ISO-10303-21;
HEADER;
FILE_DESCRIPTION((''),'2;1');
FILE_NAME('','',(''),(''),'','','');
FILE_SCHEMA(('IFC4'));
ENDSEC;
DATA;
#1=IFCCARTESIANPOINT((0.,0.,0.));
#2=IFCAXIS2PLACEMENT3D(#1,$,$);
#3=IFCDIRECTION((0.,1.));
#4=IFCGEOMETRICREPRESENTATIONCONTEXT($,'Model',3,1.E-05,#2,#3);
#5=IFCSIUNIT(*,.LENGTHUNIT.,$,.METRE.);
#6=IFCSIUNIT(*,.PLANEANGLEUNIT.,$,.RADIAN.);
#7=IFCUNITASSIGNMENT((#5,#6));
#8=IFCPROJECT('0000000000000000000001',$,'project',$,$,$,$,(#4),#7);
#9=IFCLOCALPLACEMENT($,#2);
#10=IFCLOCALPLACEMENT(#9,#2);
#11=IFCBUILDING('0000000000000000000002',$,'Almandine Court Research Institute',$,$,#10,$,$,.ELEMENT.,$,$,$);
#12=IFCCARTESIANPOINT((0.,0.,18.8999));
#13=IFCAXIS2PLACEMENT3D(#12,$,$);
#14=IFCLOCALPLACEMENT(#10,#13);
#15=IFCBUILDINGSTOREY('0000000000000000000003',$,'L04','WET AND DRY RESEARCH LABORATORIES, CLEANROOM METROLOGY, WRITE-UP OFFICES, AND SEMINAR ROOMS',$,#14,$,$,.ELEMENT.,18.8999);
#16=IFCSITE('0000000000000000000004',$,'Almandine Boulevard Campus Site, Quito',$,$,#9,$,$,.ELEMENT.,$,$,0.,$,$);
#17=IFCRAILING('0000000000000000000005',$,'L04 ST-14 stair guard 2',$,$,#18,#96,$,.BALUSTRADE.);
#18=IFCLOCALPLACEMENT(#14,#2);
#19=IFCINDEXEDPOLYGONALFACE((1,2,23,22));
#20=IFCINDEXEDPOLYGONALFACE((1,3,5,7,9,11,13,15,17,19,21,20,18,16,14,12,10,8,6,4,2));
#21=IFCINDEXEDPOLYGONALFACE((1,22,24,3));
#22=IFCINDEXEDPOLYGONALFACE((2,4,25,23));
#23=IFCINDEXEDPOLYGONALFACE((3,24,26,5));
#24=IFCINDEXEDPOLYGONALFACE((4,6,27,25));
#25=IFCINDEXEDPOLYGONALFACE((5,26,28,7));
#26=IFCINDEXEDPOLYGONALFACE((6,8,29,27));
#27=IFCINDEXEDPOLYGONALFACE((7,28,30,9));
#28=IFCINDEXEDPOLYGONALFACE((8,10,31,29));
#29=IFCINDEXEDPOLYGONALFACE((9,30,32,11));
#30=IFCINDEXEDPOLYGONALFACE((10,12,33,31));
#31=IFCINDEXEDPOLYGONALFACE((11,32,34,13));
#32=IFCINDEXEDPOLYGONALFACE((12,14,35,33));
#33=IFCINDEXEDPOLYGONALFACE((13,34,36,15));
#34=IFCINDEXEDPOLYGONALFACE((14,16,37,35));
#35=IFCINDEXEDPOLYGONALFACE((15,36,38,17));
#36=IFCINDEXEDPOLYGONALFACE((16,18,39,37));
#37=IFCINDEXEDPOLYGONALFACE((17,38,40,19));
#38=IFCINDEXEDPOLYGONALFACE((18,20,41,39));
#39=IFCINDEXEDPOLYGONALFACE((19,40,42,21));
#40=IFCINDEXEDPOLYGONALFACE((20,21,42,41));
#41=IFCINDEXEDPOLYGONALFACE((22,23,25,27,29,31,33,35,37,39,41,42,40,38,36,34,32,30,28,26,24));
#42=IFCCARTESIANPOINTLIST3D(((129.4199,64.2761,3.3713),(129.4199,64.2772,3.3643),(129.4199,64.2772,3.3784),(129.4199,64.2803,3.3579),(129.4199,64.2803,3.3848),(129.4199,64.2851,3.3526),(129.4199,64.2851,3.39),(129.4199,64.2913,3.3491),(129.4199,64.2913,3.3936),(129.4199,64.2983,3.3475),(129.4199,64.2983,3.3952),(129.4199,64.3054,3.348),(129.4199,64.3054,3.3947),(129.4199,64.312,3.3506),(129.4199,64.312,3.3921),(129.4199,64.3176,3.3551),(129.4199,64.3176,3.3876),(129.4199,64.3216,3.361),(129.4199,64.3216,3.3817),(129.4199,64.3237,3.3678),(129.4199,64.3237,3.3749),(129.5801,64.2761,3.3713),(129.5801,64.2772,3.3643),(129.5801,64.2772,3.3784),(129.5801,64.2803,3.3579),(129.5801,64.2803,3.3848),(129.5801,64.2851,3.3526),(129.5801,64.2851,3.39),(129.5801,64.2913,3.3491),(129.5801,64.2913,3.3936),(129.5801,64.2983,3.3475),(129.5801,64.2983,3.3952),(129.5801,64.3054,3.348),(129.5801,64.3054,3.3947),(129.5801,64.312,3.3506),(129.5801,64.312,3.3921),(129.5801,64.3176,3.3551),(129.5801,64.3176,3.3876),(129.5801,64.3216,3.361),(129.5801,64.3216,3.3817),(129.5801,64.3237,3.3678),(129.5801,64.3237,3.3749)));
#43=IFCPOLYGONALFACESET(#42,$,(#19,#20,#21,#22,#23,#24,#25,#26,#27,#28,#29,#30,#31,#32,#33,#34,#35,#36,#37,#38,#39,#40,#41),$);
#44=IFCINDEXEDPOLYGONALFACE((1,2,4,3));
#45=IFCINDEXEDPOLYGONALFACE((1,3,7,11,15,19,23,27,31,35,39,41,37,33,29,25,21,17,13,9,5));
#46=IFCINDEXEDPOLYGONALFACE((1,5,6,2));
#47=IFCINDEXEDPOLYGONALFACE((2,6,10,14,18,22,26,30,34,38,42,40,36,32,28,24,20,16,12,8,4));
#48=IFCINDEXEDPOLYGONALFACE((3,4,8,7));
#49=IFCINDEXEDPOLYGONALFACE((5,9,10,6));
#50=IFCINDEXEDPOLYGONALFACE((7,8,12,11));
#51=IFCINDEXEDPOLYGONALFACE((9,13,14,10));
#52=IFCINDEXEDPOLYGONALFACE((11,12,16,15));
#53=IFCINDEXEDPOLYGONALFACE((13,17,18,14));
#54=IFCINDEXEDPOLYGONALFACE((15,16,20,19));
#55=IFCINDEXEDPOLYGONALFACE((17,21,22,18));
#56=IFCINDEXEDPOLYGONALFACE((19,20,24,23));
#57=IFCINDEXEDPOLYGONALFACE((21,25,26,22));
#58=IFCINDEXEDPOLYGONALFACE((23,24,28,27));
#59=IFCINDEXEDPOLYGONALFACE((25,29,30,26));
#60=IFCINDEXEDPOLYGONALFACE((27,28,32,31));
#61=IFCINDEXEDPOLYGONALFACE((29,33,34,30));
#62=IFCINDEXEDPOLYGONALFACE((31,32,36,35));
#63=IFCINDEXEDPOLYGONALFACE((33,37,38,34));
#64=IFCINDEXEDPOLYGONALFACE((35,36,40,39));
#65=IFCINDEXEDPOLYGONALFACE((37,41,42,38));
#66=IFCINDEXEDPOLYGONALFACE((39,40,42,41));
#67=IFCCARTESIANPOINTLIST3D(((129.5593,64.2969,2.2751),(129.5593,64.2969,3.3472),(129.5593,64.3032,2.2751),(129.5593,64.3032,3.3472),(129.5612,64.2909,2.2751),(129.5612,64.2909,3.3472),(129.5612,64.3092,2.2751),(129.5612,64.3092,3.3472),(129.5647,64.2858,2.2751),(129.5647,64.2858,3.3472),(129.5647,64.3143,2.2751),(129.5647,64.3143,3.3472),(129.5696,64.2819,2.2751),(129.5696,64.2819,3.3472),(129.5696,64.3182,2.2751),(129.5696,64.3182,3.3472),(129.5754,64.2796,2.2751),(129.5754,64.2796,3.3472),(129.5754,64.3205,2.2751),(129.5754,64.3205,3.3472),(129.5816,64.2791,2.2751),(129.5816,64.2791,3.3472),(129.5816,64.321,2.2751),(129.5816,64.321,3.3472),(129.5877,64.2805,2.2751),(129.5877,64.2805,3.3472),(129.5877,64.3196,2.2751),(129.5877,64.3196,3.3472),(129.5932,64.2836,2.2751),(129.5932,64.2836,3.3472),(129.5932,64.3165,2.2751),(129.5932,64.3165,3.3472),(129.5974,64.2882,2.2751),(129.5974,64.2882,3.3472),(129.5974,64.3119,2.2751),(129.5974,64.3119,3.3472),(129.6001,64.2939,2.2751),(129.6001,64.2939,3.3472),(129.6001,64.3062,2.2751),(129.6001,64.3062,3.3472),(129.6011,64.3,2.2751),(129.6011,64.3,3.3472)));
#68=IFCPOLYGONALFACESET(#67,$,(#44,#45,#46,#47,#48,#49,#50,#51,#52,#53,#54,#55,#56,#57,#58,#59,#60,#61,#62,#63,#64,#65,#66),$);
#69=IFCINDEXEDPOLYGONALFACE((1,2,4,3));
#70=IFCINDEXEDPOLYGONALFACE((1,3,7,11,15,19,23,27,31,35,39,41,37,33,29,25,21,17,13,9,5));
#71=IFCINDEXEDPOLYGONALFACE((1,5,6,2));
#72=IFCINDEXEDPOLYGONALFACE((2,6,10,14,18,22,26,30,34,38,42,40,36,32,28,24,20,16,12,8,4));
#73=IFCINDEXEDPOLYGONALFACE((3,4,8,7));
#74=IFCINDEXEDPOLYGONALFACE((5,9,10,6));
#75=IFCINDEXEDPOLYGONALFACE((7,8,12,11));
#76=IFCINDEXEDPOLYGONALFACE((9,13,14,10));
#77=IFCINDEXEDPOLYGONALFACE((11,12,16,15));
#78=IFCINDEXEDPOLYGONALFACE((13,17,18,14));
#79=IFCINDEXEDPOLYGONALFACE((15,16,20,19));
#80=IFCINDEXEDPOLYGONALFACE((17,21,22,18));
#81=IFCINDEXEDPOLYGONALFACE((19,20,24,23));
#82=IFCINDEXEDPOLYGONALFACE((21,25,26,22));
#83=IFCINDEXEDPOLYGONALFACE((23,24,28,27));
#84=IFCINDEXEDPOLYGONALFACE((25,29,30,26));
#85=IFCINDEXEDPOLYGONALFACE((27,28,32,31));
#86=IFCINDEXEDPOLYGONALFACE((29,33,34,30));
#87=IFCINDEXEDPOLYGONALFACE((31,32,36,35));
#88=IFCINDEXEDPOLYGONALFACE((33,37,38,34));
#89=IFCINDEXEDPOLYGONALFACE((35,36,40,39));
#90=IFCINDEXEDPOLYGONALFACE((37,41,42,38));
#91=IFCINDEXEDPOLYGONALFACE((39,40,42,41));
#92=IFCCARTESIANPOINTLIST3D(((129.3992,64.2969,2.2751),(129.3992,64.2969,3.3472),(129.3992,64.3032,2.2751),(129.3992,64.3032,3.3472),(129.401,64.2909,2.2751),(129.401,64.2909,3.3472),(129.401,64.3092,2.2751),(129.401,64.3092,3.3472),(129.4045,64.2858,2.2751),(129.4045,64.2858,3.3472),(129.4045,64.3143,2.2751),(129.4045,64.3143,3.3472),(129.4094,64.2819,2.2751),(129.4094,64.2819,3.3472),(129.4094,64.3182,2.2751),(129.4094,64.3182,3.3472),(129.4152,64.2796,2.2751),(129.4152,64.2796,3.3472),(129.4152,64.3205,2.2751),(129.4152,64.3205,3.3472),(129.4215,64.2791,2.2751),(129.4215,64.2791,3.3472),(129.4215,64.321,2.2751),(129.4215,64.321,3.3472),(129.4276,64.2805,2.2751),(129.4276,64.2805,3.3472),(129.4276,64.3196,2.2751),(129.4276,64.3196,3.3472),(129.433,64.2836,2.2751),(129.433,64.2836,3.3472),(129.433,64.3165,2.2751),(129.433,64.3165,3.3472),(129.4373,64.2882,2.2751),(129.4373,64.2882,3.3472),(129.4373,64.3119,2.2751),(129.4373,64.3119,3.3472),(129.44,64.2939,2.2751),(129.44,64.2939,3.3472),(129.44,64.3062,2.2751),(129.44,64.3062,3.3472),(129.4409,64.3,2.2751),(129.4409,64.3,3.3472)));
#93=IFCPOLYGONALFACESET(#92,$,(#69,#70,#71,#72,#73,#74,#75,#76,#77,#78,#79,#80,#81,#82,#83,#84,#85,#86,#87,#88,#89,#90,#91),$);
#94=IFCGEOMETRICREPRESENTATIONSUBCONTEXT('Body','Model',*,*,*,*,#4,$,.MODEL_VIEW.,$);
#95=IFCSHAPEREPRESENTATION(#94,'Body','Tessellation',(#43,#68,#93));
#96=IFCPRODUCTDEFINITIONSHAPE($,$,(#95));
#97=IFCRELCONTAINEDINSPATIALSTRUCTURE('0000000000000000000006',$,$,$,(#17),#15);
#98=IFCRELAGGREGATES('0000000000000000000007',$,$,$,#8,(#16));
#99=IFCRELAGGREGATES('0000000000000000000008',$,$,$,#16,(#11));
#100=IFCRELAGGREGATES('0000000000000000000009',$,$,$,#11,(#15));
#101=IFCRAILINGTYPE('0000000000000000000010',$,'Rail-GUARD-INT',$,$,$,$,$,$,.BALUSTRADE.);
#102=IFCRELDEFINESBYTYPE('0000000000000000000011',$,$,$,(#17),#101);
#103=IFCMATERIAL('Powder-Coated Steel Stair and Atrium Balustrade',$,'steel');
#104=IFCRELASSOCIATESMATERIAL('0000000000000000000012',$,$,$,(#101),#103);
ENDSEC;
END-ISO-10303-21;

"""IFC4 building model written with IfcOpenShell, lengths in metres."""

from ifc_helpers import new_model, si_unit, direction, frame, origin, origin_2d, place, context, subcontext, project, spatial, circle, extrude, material, type_object, element, save


model = new_model("IFC4")

# Units and contexts
model_context = context("Model", 3, precision=1e-05, world=origin(), true_north=direction((0.0, 1.0)))
body_context = subcontext(model_context, "Body", "Model", "MODEL_VIEW")
ifc_project = project(units=[si_unit("LENGTHUNIT", "METRE"), si_unit("PLANEANGLEUNIT", "RADIAN")], contexts=[model_context])

# Site, building, storey
site_placement = place(None, origin())
site = spatial("IfcSite", under=ifc_project, at=site_placement, Name="Almandine Boulevard Campus Site, Quito", CompositionType="ELEMENT", RefElevation=0.0)
building_placement = place(site_placement, origin())
building = spatial("IfcBuilding", under=site, at=building_placement, Name="Almandine Court Research Institute", CompositionType="ELEMENT")
storey_placement = place(building_placement, frame((0.0, 0.0, 18.8999)))
storey = spatial("IfcBuildingStorey", under=building, at=storey_placement, Name="L04", Description="WET AND DRY RESEARCH LABORATORIES, CLEANROOM METROLOGY, WRITE-UP OFFICES, AND SEMINAR ROOMS", CompositionType="ELEMENT", Elevation=18.8999)

# Railing
ifc_material_1 = material(Name="Powder-Coated Steel Stair and Atrium Balustrade", Category="steel")
railing_type_1 = type_object("IfcRailingType", Name="Rail-GUARD-INT", PredefinedType="BALUSTRADE", material=ifc_material_1)
railing_1_placement = place(storey_placement, frame((129.5801, 64.3, 2.2751)))
element("IfcRailing", 1, at=railing_1_placement, inside=storey, type_object=railing_type_1, Name="L04 ST-14 stair guard 2", PredefinedType="BALUSTRADE", context=body_context, shape_type="SweptSolid", body=[
    extrude(circle(Radius=0.0239, at=origin_2d()), frame((0.0, 0.0, 1.0962), z_axis=(-1.0, 0.0, 0.0), x_axis=(0.0, -1.0, 0.0)), (0.0, 0.0, 1.0), 0.1602),
    extrude(circle(Radius=0.021, at=origin_2d()), origin(), (0.0, 0.0, 1.0), 1.072),
    extrude(circle(Radius=0.021, at=origin_2d()), frame((-0.1602, 0.0, 0.0)), (0.0, 0.0, 1.0), 1.072),
])

save(model, "model.ifc")
